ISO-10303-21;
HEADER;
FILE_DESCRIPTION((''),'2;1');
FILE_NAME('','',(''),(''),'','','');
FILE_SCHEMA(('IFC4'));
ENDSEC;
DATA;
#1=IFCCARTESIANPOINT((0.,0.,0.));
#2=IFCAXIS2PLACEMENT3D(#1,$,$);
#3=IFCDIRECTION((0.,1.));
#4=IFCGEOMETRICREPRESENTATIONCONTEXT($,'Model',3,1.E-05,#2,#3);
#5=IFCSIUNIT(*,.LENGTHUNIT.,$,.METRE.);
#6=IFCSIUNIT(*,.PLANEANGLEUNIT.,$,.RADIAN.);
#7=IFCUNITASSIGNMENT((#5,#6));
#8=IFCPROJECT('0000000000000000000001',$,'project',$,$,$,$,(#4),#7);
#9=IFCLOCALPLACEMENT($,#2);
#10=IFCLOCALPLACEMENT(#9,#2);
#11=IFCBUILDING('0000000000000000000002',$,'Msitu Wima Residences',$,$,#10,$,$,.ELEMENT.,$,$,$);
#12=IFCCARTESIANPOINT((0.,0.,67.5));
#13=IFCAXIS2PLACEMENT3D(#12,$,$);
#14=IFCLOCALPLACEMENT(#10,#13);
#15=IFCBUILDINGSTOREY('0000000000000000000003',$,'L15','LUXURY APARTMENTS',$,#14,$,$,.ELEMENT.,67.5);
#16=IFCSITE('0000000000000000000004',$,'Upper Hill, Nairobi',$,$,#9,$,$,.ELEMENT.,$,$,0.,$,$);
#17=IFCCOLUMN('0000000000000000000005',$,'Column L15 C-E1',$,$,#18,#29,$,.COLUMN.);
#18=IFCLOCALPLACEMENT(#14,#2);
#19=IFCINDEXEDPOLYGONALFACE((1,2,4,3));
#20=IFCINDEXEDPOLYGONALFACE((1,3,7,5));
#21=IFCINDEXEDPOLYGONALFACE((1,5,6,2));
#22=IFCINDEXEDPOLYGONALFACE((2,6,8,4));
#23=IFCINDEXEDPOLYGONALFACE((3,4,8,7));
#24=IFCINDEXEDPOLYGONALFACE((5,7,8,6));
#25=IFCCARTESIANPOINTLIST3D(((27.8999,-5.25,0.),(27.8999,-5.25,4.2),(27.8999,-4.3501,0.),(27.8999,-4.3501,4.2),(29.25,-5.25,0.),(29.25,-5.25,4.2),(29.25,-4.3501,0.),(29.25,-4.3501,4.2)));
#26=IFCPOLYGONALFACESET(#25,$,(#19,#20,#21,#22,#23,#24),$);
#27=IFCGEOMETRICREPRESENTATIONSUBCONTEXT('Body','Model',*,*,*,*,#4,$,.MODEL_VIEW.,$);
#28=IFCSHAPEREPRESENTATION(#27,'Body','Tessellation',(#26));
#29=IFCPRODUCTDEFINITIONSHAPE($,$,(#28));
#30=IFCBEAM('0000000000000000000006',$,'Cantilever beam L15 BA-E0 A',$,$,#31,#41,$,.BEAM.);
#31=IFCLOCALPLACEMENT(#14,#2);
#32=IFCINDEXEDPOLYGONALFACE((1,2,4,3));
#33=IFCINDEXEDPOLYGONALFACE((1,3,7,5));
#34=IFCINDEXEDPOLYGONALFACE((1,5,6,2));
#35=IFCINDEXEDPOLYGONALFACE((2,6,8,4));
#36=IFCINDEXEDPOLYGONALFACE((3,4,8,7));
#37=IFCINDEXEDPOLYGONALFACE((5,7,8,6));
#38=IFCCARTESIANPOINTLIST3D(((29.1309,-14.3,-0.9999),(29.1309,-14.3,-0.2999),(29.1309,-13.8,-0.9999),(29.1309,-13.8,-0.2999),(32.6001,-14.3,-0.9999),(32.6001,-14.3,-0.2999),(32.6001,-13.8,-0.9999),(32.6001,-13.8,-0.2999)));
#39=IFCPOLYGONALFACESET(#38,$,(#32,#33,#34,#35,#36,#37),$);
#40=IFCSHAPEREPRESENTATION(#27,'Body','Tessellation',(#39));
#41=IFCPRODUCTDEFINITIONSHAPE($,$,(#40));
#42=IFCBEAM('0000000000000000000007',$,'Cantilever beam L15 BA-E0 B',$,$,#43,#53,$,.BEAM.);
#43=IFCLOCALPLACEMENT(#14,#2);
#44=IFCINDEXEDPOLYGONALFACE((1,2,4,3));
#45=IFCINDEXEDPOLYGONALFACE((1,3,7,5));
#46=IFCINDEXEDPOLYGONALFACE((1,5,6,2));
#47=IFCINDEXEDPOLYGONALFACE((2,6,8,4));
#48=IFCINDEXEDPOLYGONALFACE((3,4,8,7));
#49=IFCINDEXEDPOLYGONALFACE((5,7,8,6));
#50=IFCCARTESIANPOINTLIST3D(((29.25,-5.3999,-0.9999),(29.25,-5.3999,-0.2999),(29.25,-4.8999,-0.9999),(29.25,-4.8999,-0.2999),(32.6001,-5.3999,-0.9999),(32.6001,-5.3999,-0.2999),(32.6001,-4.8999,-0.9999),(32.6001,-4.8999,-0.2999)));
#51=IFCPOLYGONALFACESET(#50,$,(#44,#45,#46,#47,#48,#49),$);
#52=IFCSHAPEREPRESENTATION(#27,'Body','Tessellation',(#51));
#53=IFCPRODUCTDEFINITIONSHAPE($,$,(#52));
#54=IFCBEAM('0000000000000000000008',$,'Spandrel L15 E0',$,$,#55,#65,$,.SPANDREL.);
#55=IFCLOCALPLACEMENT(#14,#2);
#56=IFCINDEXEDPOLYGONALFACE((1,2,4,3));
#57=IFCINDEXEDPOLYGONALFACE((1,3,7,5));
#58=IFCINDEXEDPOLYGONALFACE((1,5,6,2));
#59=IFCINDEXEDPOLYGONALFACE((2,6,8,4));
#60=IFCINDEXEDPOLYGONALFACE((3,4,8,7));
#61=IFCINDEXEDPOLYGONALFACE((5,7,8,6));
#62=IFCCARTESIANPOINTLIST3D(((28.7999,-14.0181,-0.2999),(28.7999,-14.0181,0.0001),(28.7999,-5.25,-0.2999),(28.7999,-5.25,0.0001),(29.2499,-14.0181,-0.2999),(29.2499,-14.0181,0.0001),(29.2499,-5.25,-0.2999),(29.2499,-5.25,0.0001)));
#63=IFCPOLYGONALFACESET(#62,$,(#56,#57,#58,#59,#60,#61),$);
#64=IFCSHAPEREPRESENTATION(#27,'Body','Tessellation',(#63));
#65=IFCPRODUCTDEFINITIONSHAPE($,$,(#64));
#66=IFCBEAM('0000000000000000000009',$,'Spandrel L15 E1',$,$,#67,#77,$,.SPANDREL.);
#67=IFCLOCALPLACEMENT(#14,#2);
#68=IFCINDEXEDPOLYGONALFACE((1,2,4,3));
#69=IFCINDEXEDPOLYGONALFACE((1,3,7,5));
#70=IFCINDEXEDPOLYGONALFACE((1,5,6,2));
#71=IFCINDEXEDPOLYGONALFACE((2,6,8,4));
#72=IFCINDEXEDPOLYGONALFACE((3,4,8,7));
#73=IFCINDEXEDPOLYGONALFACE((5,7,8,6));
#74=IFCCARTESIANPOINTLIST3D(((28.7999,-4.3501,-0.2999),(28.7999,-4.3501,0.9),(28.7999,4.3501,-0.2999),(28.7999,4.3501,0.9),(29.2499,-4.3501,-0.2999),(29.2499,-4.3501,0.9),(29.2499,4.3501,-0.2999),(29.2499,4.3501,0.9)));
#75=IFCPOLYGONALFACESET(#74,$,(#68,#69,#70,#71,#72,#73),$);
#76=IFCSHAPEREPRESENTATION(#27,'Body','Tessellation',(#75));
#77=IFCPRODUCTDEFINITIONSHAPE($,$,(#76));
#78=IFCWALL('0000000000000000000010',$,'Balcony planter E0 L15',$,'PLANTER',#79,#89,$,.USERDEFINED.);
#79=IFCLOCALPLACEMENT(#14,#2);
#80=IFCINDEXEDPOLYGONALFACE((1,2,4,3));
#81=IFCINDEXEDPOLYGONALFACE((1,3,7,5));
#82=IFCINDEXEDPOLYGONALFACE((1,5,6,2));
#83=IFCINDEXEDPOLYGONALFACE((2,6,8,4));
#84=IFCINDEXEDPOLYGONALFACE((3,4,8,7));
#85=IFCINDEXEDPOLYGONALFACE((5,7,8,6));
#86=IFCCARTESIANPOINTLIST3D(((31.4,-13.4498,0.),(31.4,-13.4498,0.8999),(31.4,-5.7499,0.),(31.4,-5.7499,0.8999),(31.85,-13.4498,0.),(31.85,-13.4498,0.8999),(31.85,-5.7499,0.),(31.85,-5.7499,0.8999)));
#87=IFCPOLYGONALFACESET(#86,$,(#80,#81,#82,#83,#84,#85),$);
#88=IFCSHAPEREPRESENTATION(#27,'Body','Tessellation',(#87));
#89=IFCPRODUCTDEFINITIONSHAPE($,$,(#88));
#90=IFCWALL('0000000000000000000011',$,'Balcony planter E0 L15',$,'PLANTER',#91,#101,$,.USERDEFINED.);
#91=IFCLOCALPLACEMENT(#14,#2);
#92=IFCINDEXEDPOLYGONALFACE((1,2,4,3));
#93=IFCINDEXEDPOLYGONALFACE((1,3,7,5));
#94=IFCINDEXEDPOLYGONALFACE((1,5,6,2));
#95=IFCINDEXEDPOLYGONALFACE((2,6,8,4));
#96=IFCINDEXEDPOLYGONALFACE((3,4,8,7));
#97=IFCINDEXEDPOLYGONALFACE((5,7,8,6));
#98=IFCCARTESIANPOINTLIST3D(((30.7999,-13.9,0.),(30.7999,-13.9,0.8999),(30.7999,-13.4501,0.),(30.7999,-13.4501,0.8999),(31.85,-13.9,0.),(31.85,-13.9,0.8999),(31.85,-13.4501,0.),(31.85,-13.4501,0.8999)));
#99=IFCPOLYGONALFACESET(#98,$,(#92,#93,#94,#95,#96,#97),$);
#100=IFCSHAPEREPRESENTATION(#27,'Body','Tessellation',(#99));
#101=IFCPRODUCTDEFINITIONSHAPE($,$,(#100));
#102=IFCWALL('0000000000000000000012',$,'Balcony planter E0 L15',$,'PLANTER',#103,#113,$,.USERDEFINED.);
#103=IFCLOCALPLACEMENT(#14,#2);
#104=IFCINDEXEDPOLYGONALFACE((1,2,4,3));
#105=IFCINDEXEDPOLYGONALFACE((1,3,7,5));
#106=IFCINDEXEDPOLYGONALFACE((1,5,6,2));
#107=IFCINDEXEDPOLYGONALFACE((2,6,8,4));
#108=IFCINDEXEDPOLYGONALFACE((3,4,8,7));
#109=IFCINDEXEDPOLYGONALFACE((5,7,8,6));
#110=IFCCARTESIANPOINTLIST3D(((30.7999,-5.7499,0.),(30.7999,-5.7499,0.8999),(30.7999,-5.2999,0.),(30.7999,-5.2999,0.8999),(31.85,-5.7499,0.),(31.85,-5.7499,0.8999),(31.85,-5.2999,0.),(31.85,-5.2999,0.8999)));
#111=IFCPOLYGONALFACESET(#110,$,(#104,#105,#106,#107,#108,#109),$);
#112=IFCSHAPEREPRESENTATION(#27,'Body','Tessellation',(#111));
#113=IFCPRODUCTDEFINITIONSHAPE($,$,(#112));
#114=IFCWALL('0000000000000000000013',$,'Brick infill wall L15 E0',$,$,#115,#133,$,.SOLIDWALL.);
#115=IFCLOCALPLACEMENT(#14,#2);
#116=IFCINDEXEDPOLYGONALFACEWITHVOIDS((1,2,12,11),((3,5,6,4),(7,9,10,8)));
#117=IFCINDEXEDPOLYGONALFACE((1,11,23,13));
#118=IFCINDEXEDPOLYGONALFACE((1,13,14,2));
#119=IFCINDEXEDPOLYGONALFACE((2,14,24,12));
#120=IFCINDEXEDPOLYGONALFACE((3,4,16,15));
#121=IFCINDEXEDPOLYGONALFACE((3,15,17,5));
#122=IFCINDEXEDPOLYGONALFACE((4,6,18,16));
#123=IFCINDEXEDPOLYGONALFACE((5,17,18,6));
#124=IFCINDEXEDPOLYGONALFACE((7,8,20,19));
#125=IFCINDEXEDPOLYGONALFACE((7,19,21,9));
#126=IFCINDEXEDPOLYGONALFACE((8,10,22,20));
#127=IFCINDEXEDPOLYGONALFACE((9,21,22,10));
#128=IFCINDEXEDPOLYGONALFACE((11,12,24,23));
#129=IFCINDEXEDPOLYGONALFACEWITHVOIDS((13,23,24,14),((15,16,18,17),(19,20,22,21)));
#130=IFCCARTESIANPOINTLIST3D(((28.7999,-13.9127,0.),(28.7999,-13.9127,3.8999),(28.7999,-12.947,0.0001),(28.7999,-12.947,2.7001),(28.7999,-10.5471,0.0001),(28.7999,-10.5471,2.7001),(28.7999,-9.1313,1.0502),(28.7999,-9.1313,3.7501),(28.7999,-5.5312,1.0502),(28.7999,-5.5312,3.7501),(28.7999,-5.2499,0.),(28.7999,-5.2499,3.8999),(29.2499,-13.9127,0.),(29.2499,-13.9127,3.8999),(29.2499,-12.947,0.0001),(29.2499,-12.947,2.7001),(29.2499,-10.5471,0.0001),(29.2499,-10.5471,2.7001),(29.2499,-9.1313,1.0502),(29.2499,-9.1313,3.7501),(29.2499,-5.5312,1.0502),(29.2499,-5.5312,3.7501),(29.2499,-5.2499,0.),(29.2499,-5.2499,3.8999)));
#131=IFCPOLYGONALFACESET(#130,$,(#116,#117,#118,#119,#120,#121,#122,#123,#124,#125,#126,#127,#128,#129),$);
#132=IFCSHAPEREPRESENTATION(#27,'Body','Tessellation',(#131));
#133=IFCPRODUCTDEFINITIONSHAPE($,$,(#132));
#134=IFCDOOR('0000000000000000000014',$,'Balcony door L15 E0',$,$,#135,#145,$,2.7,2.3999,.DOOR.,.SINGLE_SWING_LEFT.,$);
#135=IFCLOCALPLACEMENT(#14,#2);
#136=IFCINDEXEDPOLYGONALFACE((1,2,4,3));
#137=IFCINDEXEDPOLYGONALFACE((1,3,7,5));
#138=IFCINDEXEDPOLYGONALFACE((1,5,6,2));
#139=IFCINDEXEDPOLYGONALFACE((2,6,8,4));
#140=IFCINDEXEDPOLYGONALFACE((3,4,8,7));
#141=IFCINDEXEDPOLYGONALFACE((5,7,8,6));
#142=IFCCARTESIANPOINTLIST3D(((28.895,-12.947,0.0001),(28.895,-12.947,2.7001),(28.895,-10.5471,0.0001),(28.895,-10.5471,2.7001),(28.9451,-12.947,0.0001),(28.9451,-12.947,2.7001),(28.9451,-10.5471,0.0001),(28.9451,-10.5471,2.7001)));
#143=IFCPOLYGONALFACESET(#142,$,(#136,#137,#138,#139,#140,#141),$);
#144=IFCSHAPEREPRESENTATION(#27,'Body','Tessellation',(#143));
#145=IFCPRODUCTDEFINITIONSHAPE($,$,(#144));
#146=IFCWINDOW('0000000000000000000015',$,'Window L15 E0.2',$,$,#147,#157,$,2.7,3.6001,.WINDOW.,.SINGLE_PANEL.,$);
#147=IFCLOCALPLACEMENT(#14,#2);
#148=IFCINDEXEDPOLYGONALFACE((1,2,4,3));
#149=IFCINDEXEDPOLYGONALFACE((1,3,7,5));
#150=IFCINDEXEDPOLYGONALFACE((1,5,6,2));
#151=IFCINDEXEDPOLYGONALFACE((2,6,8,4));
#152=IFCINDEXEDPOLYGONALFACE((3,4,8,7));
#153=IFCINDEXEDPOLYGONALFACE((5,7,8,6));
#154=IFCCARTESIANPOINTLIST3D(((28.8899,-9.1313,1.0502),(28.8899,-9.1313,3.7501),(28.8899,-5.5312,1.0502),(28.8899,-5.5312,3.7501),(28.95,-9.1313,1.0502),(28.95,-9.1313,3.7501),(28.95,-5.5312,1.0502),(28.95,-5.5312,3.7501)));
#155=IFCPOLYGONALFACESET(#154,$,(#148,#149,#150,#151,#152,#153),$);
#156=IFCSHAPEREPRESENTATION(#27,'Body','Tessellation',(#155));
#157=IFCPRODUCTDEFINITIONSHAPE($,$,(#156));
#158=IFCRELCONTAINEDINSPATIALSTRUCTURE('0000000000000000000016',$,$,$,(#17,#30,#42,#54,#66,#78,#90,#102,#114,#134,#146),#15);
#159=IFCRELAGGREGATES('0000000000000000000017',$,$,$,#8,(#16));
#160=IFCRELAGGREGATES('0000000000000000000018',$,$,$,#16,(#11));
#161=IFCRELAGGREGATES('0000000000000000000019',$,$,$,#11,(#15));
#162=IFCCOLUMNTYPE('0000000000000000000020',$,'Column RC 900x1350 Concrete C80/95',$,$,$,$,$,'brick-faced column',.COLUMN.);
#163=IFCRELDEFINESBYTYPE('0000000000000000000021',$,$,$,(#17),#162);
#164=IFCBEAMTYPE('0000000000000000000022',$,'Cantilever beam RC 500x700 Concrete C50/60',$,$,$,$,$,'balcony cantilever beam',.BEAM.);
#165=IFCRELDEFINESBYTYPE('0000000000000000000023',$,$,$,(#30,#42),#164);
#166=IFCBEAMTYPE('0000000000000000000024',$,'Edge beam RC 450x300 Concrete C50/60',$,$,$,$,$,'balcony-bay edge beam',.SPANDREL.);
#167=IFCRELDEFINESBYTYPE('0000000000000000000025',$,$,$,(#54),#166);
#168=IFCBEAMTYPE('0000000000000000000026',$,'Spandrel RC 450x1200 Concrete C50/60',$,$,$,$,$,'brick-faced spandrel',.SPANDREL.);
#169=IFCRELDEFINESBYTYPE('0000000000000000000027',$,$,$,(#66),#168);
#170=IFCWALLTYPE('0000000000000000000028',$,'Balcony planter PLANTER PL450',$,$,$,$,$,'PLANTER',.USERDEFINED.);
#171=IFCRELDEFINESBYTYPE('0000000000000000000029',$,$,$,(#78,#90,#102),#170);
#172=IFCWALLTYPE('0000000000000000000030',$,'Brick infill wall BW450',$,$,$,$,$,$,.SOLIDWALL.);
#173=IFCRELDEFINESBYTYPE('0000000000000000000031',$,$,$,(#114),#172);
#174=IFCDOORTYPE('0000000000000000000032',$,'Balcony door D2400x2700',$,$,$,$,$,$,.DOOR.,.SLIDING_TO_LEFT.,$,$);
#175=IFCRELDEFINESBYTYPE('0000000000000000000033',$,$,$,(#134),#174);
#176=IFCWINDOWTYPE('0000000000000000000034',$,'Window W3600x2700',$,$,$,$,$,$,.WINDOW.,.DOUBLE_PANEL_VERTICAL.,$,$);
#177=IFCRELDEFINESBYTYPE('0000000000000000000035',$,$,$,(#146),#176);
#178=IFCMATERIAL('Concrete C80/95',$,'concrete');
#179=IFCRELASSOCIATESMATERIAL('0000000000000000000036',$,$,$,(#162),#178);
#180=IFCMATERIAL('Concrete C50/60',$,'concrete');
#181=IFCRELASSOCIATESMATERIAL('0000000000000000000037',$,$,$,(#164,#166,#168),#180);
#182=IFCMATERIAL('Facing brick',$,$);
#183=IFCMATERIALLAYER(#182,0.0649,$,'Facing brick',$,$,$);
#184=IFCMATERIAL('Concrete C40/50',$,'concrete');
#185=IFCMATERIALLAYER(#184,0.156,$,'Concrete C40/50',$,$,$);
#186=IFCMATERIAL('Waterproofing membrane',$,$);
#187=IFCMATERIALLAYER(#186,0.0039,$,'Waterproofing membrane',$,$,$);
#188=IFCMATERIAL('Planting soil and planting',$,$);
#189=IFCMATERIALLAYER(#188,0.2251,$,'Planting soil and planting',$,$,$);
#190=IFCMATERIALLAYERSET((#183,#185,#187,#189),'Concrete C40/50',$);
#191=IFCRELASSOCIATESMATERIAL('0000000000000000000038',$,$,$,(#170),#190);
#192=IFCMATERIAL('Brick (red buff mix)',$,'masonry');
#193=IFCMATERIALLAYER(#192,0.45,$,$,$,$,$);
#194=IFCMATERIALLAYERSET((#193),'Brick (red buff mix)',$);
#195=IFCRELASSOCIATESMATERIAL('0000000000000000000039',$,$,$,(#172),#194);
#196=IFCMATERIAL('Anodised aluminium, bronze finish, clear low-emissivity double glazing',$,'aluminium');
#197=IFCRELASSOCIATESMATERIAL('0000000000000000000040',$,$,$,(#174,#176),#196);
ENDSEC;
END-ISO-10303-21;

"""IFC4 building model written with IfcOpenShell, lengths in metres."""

from ifc_helpers import new_model, si_unit, direction, frame, frame_2d, origin, origin_2d, place, context, subcontext, project, spatial, rectangle, extrude, material, layer, layer_set, material_profile, profile_set, type_object, element, fill, save


model = new_model("IFC4")

# Units and contexts
model_context = context("Model", 3, precision=1e-05, world=origin(), true_north=direction((0.0, 1.0)))
body_context = subcontext(model_context, "Body", "Model", "MODEL_VIEW")
ifc_project = project(units=[si_unit("LENGTHUNIT", "METRE"), si_unit("PLANEANGLEUNIT", "RADIAN")], contexts=[model_context])

# Site, building, storey
site_placement = place(None, origin())
site = spatial("IfcSite", under=ifc_project, at=site_placement, Name="Upper Hill, Nairobi", CompositionType="ELEMENT", RefElevation=0.0)
building_placement = place(site_placement, origin())
building = spatial("IfcBuilding", under=site, at=building_placement, Name="Msitu Wima Residences", CompositionType="ELEMENT")
storey_placement = place(building_placement, frame((0.0, 0.0, 67.5)))
storey = spatial("IfcBuildingStorey", under=building, at=storey_placement, Name="L15", Description="LUXURY APARTMENTS", CompositionType="ELEMENT", Elevation=67.5)

# Column
ifc_material_1 = material(Name="Concrete C80/95", Category="concrete")
ifc_material_profile_1 = material_profile(ifc_material_1, rectangle(XDim=0.8999, YDim=1.3501, at=origin_2d()), Name="RC 900x1350")
ifc_profile_set_1 = profile_set([ifc_material_profile_1], Name="Concrete C80/95")
column_type = type_object("IfcColumnType", Name="Column RC 900x1350 Concrete C80/95", ElementType="brick-faced column", PredefinedType="COLUMN", material=ifc_profile_set_1)
column_placement = place(storey_placement, frame((28.575, -4.8, 0.0), z_axis=(0.0, 0.0, 1.0), x_axis=(0.0, 1.0, 0.0)))
element("IfcColumn", 1, at=column_placement, inside=storey, type_object=column_type, Name="Column L15 C-E1", PredefinedType="COLUMN", context=body_context, shape_type="SweptSolid", body=[
    extrude(rectangle(XDim=0.8999, YDim=1.3501, at=origin_2d()), origin(), (0.0, 0.0, 1.0), 4.2),
])

# Beams
ifc_material_2 = material(Name="Concrete C50/60", Category="concrete")
ifc_material_profile_2 = material_profile(ifc_material_2, rectangle(XDim=0.5, YDim=0.7, at=origin_2d()), Name="RC 500x700")
ifc_profile_set_2 = profile_set([ifc_material_profile_2], Name="Concrete C50/60")
beam_type_1 = type_object("IfcBeamType", Name="Cantilever beam RC 500x700 Concrete C50/60", ElementType="balcony cantilever beam", PredefinedType="BEAM", material=ifc_profile_set_2)
beam_1_placement = place(storey_placement, frame((29.1309, -14.05, -0.6499), z_axis=(1.0, 0.0, 0.0), x_axis=(0.0, 1.0, 0.0)))
element("IfcBeam", 2, at=beam_1_placement, inside=storey, type_object=beam_type_1, Name="Cantilever beam L15 BA-E0 A", PredefinedType="BEAM", context=body_context, shape_type="SweptSolid", body=[
    extrude(rectangle(XDim=0.5, YDim=0.7, at=origin_2d()), origin(), (0.0, 0.0, 1.0), 3.4692),
])
beam_2_placement = place(storey_placement, frame((29.25, -5.1499, -0.6499), z_axis=(1.0, 0.0, 0.0), x_axis=(0.0, 1.0, 0.0)))
element("IfcBeam", 3, at=beam_2_placement, inside=storey, type_object=beam_type_1, Name="Cantilever beam L15 BA-E0 B", PredefinedType="BEAM", context=body_context, shape_type="SweptSolid", body=[
    extrude(rectangle(XDim=0.5, YDim=0.7, at=origin_2d()), origin(), (0.0, 0.0, 1.0), 3.3501),
])
ifc_material_profile_3 = material_profile(ifc_material_2, rectangle(XDim=0.45, YDim=0.3, at=origin_2d()), Name="RC 450x300")
ifc_profile_set_3 = profile_set([ifc_material_profile_3], Name="Concrete C50/60")
beam_type_2 = type_object("IfcBeamType", Name="Edge beam RC 450x300 Concrete C50/60", ElementType="balcony-bay edge beam", PredefinedType="SPANDREL", material=ifc_profile_set_3)
beam_3_placement = place(storey_placement, frame((29.0249, -14.0181, -0.1499), z_axis=(0.0, 1.0, 0.0), x_axis=(-1.0, 0.0, 0.0)))
element("IfcBeam", 4, at=beam_3_placement, inside=storey, type_object=beam_type_2, Name="Spandrel L15 E0", PredefinedType="SPANDREL", context=body_context, shape_type="SweptSolid", body=[
    extrude(rectangle(XDim=0.45, YDim=0.3, at=origin_2d()), origin(), (0.0, 0.0, 1.0), 8.7681),
])
ifc_material_profile_4 = material_profile(ifc_material_2, rectangle(XDim=0.45, YDim=1.2, at=origin_2d()), Name="RC 450x1200")
ifc_profile_set_4 = profile_set([ifc_material_profile_4], Name="Concrete C50/60")
beam_type_3 = type_object("IfcBeamType", Name="Spandrel RC 450x1200 Concrete C50/60", ElementType="brick-faced spandrel", PredefinedType="SPANDREL", material=ifc_profile_set_4)
beam_4_placement = place(storey_placement, frame((29.0249, -4.3501, 0.3), z_axis=(0.0, 1.0, 0.0), x_axis=(-1.0, 0.0, 0.0)))
element("IfcBeam", 5, at=beam_4_placement, inside=storey, type_object=beam_type_3, Name="Spandrel L15 E1", PredefinedType="SPANDREL", context=body_context, shape_type="SweptSolid", body=[
    extrude(rectangle(XDim=0.45, YDim=1.2, at=origin_2d()), origin(), (0.0, 0.0, 1.0), 8.7002),
])

# Walls
ifc_material_3 = material(Name="Facing brick")
ifc_layer_1 = layer(ifc_material_3, 0.0649, Name="Facing brick")
ifc_material_4 = material(Name="Concrete C40/50", Category="concrete")
ifc_layer_2 = layer(ifc_material_4, 0.156, Name="Concrete C40/50")
ifc_material_5 = material(Name="Waterproofing membrane")
ifc_layer_3 = layer(ifc_material_5, 0.0039, Name="Waterproofing membrane")
ifc_material_6 = material(Name="Planting soil and planting")
ifc_layer_4 = layer(ifc_material_6, 0.2251, Name="Planting soil and planting")
ifc_layer_set_1 = layer_set([ifc_layer_1, ifc_layer_2, ifc_layer_3, ifc_layer_4], Name="Concrete C40/50")
wall_type_1 = type_object("IfcWallType", Name="Balcony planter PLANTER PL450", ElementType="PLANTER", PredefinedType="USERDEFINED", material=ifc_layer_set_1)
wall_1_placement = place(storey_placement, frame((31.625, -13.45, 0.0), z_axis=(0.0, 0.0, 1.0), x_axis=(0.0, 1.0, 0.0)))
element("IfcWall", 6, at=wall_1_placement, inside=storey, type_object=wall_type_1, Name="Balcony planter E0 L15", ObjectType="PLANTER", PredefinedType="USERDEFINED", context=body_context, shape_type="SweptSolid", body=[
    extrude(rectangle(XDim=7.7, YDim=0.45, at=frame_2d((3.8501, 0.0))), origin(), (0.0, 0.0, 1.0), 0.8999),
])
for number, where, z_axis, x_axis, name in (
    (7, (30.8, -13.675, 0.0), (0.0, 0.0, 1.0), (1.0, 0.0, 0.0), "Balcony planter E0 L15"),
    (8, (30.8, -5.5249, 0.0), (0.0, 0.0, 1.0), (1.0, 0.0, 0.0), "Balcony planter E0 L15"),
):
    element("IfcWall", number, at=place(storey_placement, frame(where, z_axis=z_axis, x_axis=x_axis)), inside=storey, type_object=wall_type_1, Name=name, ObjectType="PLANTER", PredefinedType="USERDEFINED", context=body_context, shape_type="SweptSolid", body=[
        extrude(rectangle(XDim=1.05, YDim=0.45, at=frame_2d((0.5249, 0.0))), origin(), (0.0, 0.0, 1.0), 0.8999),
    ])

# Wall, openings, door, window
ifc_material_7 = material(Name="Brick (red buff mix)", Category="masonry")
ifc_layer_5 = layer(ifc_material_7, 0.45)
ifc_layer_set_2 = layer_set([ifc_layer_5], Name="Brick (red buff mix)")
wall_type_2 = type_object("IfcWallType", Name="Brick infill wall BW450", PredefinedType="SOLIDWALL", material=ifc_layer_set_2)
wall_2_placement = place(storey_placement, frame((29.0249, -13.9128, 0.0), z_axis=(0.0, 0.0, 1.0), x_axis=(0.0, 1.0, 0.0)))
wall_2 = element("IfcWall", 9, at=wall_2_placement, inside=storey, type_object=wall_type_2, Name="Brick infill wall L15 E0", PredefinedType="SOLIDWALL", context=body_context, shape_type="SweptSolid", body=[
    extrude(rectangle(XDim=8.6628, YDim=0.45, at=frame_2d((4.3315, 0.0))), origin(), (0.0, 0.0, 1.0), 3.8999),
])
opening_1_placement = place(wall_2_placement, frame((0.9658, 0.0, 0.0)))
opening_1 = element("IfcOpeningElement", 10, at=opening_1_placement, cuts=wall_2, PredefinedType="OPENING", context=body_context, shape_type="SweptSolid", body=[
    extrude(rectangle(XDim=2.3999, YDim=2.7, at=frame_2d((1.2, 1.3501))), frame((0.0, 0.2349, 0.0), z_axis=(0.0, -1.0, 0.0), x_axis=(1.0, 0.0, 0.0)), (0.0, 0.0, 1.0), 0.47),
])
opening_2_placement = place(wall_2_placement, frame((4.7815, 0.0, 1.05)))
opening_2 = element("IfcOpeningElement", 11, at=opening_2_placement, cuts=wall_2, PredefinedType="OPENING", context=body_context, shape_type="SweptSolid", body=[
    extrude(rectangle(XDim=3.6001, YDim=2.7, at=frame_2d((1.8, 1.3501))), frame((0.0, 0.2349, 0.0), z_axis=(0.0, -1.0, 0.0), x_axis=(1.0, 0.0, 0.0)), (0.0, 0.0, 1.0), 0.47),
])
ifc_material_8 = material(Name="Anodised aluminium, bronze finish, clear low-emissivity double glazing", Category="aluminium")
door_type = type_object("IfcDoorType", Name="Balcony door D2400x2700", OperationType="SLIDING_TO_LEFT", PredefinedType="DOOR", material=ifc_material_8)
door_placement = place(opening_1_placement, origin())
door = element("IfcDoor", 12, at=door_placement, inside=storey, type_object=door_type, Name="Balcony door L15 E0", OperationType="SINGLE_SWING_LEFT", OverallHeight=2.7, OverallWidth=2.3999, PredefinedType="DOOR", context=body_context, shape_type="SweptSolid", body=[
    extrude(rectangle(XDim=2.3999, YDim=2.7, at=frame_2d((1.2, 1.3501))), frame((0.0, 0.1299, 0.0), z_axis=(0.0, -1.0, 0.0), x_axis=(1.0, 0.0, 0.0)), (0.0, 0.0, 1.0), 0.05),
])
fill(opening_1, door)
window_type = type_object("IfcWindowType", Name="Window W3600x2700", PartitioningType="DOUBLE_PANEL_VERTICAL", PredefinedType="WINDOW", material=ifc_material_8)
window_1_placement = place(opening_2_placement, origin())
window_1 = element("IfcWindow", 13, at=window_1_placement, inside=storey, type_object=window_type, Name="Window L15 E0.2", OverallHeight=2.7, OverallWidth=3.6001, PartitioningType="SINGLE_PANEL", PredefinedType="WINDOW", context=body_context, shape_type="SweptSolid", body=[
    extrude(rectangle(XDim=3.6001, YDim=2.7, at=frame_2d((1.8, 1.3501))), frame((0.0, 0.135, 0.0), z_axis=(0.0, -1.0, 0.0), x_axis=(1.0, 0.0, 0.0)), (0.0, 0.0, 1.0), 0.0601),
])
fill(opening_2, window_1)

save(model, "model.ifc")
